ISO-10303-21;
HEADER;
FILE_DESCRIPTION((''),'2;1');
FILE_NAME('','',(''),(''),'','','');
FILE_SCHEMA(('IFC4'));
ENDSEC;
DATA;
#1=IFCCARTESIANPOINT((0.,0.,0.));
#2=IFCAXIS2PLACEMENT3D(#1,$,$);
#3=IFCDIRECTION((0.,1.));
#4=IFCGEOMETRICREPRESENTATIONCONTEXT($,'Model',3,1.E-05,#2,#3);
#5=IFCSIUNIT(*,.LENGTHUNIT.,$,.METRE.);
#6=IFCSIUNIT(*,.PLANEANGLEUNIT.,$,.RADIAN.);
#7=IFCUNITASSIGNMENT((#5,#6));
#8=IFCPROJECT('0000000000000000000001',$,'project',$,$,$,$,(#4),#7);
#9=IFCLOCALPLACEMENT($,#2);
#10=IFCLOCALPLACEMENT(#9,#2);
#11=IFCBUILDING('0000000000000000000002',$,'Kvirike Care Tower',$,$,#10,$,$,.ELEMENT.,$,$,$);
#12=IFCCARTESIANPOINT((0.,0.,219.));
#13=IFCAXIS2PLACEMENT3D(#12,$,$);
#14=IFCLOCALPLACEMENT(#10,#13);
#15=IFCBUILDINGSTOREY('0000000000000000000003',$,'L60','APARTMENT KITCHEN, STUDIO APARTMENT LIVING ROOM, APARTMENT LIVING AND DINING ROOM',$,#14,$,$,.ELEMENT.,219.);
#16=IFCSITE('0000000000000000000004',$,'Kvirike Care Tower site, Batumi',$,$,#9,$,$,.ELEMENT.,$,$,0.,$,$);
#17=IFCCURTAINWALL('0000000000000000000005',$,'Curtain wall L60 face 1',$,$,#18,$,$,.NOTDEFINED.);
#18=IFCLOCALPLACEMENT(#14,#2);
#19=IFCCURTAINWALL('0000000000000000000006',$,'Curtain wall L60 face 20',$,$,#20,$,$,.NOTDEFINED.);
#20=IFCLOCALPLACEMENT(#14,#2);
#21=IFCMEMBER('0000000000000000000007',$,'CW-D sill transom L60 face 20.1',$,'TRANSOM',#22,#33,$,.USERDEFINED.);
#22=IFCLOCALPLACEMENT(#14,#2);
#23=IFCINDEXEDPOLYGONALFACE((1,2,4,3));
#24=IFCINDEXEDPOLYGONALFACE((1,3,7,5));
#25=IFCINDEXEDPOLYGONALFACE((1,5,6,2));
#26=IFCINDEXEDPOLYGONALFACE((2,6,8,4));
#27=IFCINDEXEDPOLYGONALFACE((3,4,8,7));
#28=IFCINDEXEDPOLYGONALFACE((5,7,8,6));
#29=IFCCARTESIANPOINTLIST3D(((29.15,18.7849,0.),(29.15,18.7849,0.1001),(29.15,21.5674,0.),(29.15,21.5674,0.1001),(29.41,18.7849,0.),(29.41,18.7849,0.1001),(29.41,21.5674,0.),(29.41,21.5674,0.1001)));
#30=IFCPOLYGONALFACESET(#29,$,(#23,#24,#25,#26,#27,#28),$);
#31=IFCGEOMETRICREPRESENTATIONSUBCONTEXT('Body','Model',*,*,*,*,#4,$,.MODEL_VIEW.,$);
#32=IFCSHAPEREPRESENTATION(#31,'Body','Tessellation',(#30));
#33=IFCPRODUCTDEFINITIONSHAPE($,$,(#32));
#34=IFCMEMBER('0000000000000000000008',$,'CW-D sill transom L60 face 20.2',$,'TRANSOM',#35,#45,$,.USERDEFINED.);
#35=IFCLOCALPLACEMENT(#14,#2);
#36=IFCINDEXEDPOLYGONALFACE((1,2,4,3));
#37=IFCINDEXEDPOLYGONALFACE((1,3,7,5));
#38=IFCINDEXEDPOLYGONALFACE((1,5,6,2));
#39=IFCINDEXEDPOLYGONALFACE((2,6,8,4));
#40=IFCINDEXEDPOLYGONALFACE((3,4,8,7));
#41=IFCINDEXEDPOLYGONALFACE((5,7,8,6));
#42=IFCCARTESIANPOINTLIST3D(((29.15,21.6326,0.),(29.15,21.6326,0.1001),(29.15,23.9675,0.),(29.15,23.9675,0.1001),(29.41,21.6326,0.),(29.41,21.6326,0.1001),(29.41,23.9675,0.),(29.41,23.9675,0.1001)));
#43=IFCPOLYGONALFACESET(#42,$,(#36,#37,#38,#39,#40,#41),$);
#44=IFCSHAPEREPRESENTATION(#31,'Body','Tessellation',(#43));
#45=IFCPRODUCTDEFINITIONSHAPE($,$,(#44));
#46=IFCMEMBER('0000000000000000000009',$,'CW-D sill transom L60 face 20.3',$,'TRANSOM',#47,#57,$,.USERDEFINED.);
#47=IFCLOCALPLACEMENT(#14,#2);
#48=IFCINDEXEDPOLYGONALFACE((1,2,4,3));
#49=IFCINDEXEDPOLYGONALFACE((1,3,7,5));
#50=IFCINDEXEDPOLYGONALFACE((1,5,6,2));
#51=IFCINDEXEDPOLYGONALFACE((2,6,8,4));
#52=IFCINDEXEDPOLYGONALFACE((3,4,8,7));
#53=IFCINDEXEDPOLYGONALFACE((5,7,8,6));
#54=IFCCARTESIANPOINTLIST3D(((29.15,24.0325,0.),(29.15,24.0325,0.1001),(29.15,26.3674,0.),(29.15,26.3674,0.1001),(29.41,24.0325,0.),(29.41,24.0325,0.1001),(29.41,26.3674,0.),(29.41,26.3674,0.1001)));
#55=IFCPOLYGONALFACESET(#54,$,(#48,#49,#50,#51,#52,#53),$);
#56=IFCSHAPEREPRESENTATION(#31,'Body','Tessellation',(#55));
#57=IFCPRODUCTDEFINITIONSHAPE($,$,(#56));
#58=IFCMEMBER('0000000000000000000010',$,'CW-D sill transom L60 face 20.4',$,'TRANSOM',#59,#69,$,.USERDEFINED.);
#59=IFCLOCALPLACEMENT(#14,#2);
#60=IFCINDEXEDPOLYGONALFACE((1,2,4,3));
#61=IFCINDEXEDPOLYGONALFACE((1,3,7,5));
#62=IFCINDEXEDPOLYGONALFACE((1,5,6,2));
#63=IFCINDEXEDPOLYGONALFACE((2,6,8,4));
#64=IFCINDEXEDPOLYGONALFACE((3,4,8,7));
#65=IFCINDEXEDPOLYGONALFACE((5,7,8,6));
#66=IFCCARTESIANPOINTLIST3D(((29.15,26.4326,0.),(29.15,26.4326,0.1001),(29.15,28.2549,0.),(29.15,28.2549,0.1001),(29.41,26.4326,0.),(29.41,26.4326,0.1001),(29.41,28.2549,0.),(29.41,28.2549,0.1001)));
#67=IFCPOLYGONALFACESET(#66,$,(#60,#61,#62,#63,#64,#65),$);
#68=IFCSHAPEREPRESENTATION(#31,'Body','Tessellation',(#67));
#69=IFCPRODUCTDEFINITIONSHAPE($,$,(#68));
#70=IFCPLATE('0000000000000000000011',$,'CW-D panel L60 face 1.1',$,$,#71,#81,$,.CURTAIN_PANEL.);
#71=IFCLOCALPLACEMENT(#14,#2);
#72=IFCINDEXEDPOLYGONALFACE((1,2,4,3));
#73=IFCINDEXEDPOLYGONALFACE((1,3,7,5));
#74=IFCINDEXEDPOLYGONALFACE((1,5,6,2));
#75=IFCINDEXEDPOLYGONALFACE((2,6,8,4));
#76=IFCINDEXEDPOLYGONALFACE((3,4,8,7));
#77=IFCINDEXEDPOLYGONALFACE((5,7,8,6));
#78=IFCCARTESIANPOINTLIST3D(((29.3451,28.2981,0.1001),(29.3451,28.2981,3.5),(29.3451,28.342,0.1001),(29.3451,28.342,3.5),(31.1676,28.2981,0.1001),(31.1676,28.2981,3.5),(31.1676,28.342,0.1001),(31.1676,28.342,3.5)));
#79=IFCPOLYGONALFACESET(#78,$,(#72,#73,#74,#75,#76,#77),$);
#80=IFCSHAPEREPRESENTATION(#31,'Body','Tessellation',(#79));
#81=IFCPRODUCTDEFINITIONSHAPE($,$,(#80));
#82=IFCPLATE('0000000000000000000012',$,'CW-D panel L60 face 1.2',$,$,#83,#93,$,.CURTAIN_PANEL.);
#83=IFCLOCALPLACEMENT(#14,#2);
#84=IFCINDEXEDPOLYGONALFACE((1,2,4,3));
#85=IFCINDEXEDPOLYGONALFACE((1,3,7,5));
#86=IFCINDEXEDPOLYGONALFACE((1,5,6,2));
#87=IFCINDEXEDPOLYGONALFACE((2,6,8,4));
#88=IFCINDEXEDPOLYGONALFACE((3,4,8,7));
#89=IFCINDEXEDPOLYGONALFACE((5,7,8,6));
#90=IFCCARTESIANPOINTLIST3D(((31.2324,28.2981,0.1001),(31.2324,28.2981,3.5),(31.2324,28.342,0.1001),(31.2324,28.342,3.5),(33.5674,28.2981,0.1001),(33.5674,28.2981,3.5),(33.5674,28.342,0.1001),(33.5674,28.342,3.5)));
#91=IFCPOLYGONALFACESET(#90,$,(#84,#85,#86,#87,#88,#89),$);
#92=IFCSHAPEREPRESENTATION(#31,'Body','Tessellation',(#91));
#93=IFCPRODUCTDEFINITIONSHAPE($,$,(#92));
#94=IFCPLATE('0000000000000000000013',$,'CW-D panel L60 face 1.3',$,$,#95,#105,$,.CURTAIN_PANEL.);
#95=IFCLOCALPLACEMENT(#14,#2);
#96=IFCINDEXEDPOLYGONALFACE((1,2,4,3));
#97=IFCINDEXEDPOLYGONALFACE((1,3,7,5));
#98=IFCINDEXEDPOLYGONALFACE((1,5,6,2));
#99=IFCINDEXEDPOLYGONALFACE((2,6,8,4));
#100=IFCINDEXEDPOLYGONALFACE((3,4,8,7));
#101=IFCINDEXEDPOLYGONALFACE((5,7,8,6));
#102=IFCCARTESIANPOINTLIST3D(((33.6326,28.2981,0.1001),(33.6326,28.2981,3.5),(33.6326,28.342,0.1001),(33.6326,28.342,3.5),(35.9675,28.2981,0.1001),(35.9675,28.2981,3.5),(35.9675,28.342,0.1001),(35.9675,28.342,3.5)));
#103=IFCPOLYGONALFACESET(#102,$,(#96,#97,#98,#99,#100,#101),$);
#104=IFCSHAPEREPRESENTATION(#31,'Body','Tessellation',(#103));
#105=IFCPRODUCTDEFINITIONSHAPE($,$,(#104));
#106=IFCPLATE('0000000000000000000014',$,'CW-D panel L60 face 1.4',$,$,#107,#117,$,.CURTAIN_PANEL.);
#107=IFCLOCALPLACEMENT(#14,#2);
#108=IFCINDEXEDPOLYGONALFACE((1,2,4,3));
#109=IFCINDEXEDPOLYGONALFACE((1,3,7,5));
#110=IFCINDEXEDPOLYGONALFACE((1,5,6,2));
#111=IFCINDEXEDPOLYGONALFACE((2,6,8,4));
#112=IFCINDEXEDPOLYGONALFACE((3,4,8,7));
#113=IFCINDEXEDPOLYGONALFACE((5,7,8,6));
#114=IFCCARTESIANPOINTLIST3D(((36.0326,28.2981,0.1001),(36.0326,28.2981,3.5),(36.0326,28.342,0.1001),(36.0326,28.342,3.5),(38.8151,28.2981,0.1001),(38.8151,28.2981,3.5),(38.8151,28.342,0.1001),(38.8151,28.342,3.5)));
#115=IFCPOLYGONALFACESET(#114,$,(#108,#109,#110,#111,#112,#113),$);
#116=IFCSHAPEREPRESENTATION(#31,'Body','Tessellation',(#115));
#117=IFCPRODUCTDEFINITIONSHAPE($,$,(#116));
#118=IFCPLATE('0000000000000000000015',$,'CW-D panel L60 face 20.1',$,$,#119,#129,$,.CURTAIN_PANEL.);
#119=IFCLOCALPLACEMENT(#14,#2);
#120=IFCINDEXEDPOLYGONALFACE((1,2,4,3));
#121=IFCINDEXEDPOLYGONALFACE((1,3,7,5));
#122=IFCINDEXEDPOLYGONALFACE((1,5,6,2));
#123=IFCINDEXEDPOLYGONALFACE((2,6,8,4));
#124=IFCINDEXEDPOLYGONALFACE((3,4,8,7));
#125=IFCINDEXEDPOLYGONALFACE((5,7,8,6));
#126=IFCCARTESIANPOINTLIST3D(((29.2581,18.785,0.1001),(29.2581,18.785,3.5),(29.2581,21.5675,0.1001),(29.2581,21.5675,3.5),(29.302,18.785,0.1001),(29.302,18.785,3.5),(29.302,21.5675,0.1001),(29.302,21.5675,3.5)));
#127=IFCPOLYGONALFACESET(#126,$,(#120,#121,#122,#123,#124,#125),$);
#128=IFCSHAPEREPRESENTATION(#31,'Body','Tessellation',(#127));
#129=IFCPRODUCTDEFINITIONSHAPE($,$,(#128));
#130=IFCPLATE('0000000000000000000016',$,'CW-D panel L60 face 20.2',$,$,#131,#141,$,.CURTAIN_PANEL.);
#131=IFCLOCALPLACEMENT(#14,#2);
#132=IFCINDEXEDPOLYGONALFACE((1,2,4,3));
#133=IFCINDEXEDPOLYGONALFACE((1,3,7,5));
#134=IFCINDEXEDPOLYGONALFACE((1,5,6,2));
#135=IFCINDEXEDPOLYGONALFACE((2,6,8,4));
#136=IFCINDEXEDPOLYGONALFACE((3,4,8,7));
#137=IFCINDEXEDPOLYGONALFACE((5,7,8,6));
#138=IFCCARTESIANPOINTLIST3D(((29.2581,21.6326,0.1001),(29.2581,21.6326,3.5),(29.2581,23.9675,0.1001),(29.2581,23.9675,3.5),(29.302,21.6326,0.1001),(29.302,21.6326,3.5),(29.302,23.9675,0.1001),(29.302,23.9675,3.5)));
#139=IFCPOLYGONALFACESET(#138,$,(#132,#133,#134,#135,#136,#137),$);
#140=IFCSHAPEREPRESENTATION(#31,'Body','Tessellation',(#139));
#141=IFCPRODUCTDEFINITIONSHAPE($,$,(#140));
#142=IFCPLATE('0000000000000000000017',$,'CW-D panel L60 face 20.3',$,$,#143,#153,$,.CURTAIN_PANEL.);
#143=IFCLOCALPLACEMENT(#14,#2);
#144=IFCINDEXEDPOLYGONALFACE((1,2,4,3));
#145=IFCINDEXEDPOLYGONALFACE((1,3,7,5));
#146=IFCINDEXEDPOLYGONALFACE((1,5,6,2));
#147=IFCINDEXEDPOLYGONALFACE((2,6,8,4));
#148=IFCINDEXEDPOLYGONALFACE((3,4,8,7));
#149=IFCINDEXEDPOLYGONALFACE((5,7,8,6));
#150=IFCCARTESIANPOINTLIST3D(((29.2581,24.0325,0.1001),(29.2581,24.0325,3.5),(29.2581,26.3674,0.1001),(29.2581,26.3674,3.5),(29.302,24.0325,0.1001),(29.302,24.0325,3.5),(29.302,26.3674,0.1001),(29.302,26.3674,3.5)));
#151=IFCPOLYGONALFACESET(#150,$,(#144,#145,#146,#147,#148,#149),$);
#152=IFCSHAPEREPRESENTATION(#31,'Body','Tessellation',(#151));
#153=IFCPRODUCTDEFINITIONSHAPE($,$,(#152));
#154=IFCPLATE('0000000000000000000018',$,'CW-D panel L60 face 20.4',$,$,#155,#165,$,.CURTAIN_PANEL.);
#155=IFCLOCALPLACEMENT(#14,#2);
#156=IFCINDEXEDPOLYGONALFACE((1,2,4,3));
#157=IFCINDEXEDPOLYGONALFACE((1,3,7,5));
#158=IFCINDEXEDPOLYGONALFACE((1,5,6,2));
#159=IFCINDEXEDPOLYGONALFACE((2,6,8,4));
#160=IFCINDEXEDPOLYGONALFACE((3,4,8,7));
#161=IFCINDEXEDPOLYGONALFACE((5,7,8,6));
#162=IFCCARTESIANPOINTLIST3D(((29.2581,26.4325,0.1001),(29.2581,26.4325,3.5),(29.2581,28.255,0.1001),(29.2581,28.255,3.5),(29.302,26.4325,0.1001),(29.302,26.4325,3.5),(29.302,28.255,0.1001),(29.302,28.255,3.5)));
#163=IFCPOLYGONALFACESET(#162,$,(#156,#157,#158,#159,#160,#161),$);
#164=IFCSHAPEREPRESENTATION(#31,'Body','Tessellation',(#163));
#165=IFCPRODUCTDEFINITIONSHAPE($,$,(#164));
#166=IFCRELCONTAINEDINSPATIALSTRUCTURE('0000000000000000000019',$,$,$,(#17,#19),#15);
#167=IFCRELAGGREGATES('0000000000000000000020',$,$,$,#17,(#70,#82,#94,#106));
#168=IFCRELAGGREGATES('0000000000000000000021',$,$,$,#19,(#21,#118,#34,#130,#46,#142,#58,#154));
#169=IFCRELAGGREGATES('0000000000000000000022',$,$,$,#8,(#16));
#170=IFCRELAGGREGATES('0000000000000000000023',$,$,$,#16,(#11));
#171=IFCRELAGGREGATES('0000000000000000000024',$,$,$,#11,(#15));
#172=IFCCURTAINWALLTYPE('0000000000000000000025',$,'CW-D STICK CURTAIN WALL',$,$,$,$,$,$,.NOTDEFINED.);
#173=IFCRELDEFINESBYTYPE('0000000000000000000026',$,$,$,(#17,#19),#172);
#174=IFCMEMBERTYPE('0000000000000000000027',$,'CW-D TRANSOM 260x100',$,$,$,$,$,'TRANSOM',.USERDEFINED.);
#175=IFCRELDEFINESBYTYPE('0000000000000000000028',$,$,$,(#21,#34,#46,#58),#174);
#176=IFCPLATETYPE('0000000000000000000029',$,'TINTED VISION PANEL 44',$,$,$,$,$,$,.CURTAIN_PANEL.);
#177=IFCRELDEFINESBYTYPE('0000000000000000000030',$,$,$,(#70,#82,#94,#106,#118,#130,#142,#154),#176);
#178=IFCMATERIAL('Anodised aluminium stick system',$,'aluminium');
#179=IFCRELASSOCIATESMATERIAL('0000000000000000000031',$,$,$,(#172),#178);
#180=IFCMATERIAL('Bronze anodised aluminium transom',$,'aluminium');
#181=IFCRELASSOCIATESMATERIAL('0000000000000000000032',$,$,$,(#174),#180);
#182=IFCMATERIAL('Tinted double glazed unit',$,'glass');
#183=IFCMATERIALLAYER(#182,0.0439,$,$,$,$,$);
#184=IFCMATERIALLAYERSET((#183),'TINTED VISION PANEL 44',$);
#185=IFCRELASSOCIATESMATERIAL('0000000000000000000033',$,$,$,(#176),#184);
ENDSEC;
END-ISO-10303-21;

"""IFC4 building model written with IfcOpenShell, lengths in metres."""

from ifc_helpers import new_model, si_unit, direction, frame, origin, origin_2d, place, context, subcontext, project, spatial, rectangle, extrude, material, layer, layer_set, material_profile, profile_set, type_object, element, aggregate, save


model = new_model("IFC4")

# Units and contexts
model_context = context("Model", 3, precision=1e-05, world=origin(), true_north=direction((0.0, 1.0)))
body_context = subcontext(model_context, "Body", "Model", "MODEL_VIEW")
ifc_project = project(units=[si_unit("LENGTHUNIT", "METRE"), si_unit("PLANEANGLEUNIT", "RADIAN")], contexts=[model_context])

# Site, building, storey
site_placement = place(None, origin())
site = spatial("IfcSite", under=ifc_project, at=site_placement, Name="Kvirike Care Tower site, Batumi", CompositionType="ELEMENT", RefElevation=0.0)
building_placement = place(site_placement, origin())
building = spatial("IfcBuilding", under=site, at=building_placement, Name="Kvirike Care Tower", CompositionType="ELEMENT")
storey_placement = place(building_placement, frame((0.0, 0.0, 219.0)))
storey = spatial("IfcBuildingStorey", under=building, at=storey_placement, Name="L60", Description="APARTMENT KITCHEN, STUDIO APARTMENT LIVING ROOM, APARTMENT LIVING AND DINING ROOM", CompositionType="ELEMENT", Elevation=219.0)

# Curtain walls
ifc_material_1 = material(Name="Anodised aluminium stick system", Category="aluminium")
curtain_wall_type = type_object("IfcCurtainWallType", Name="CW-D STICK CURTAIN WALL", PredefinedType="NOTDEFINED", material=ifc_material_1)
curtain_wall_1_placement = place(storey_placement, origin())
curtain_wall_1 = element("IfcCurtainWall", 1, at=curtain_wall_1_placement, inside=storey, type_object=curtain_wall_type, Name="Curtain wall L60 face 1", PredefinedType="NOTDEFINED")
curtain_wall_2_placement = place(storey_placement, origin())
curtain_wall_2 = element("IfcCurtainWall", 2, at=curtain_wall_2_placement, inside=storey, type_object=curtain_wall_type, Name="Curtain wall L60 face 20", PredefinedType="NOTDEFINED")

# Members
ifc_material_2 = material(Name="Bronze anodised aluminium transom", Category="aluminium")
ifc_material_profile_1 = material_profile(ifc_material_2, rectangle(XDim=0.26, YDim=0.1001, at=origin_2d()), Name="CW-D TRANSOM 260x100")
ifc_profile_set_1 = profile_set([ifc_material_profile_1], Name="Bronze anodised aluminium transom")
member_type_1 = type_object("IfcMemberType", Name="CW-D TRANSOM 260x100", ElementType="TRANSOM", PredefinedType="USERDEFINED", material=ifc_profile_set_1)
member_1_placement = place(storey_placement, frame((29.28, 18.7849, 0.05), z_axis=(0.0, 1.0, 0.0), x_axis=(-1.0, 0.0, 0.0)))
member_1 = element("IfcMember", 3, at=member_1_placement, type_object=member_type_1, Name="CW-D sill transom L60 face 20.1", ObjectType="TRANSOM", PredefinedType="USERDEFINED", context=body_context, shape_type="SweptSolid", body=[
    extrude(rectangle(XDim=0.26, YDim=0.1001, at=origin_2d()), origin(), (0.0, 0.0, 1.0), 2.7825),
])
member_2_placement = place(storey_placement, frame((29.28, 21.6326, 0.05), z_axis=(0.0, 1.0, 0.0), x_axis=(-1.0, 0.0, 0.0)))
member_2 = element("IfcMember", 4, at=member_2_placement, type_object=member_type_1, Name="CW-D sill transom L60 face 20.2", ObjectType="TRANSOM", PredefinedType="USERDEFINED", context=body_context, shape_type="SweptSolid", body=[
    extrude(rectangle(XDim=0.26, YDim=0.1001, at=origin_2d()), origin(), (0.0, 0.0, 1.0), 2.335),
])
member_3_placement = place(storey_placement, frame((29.28, 24.0325, 0.05), z_axis=(0.0, 1.0, 0.0), x_axis=(-1.0, 0.0, 0.0)))
member_3 = element("IfcMember", 5, at=member_3_placement, type_object=member_type_1, Name="CW-D sill transom L60 face 20.3", ObjectType="TRANSOM", PredefinedType="USERDEFINED", context=body_context, shape_type="SweptSolid", body=[
    extrude(rectangle(XDim=0.26, YDim=0.1001, at=origin_2d()), origin(), (0.0, 0.0, 1.0), 2.335),
])
member_4_placement = place(storey_placement, frame((29.28, 26.4326, 0.05), z_axis=(0.0, 1.0, 0.0), x_axis=(-1.0, 0.0, 0.0)))
member_4 = element("IfcMember", 6, at=member_4_placement, type_object=member_type_1, Name="CW-D sill transom L60 face 20.4", ObjectType="TRANSOM", PredefinedType="USERDEFINED", context=body_context, shape_type="SweptSolid", body=[
    extrude(rectangle(XDim=0.26, YDim=0.1001, at=origin_2d()), origin(), (0.0, 0.0, 1.0), 1.8223),
])

# Plates
ifc_material_3 = material(Name="Tinted double glazed unit", Category="glass")
ifc_layer = layer(ifc_material_3, 0.0439)
ifc_layer_set = layer_set([ifc_layer], Name="TINTED VISION PANEL 44")
plate_type = type_object("IfcPlateType", Name="TINTED VISION PANEL 44", PredefinedType="CURTAIN_PANEL", material=ifc_layer_set)
plate_1_placement = place(storey_placement, frame((30.2563, 28.3201, 0.1001), z_axis=(0.0, 0.0, 1.0), x_axis=(1.0, 0.0, 0.0)))
plate_1 = element("IfcPlate", 7, at=plate_1_placement, type_object=plate_type, Name="CW-D panel L60 face 1.1", PredefinedType="CURTAIN_PANEL", context=body_context, shape_type="SweptSolid", body=[
    extrude(rectangle(XDim=1.8225, YDim=0.0439, at=origin_2d()), origin(), (0.0, 0.0, 1.0), 3.3999),
])
plate_2_placement = place(storey_placement, frame((32.3999, 28.3201, 0.1001), z_axis=(0.0, 0.0, 1.0), x_axis=(1.0, 0.0, 0.0)))
plate_2 = element("IfcPlate", 8, at=plate_2_placement, type_object=plate_type, Name="CW-D panel L60 face 1.2", PredefinedType="CURTAIN_PANEL", context=body_context, shape_type="SweptSolid", body=[
    extrude(rectangle(XDim=2.335, YDim=0.0439, at=origin_2d()), origin(), (0.0, 0.0, 1.0), 3.3999),
])
plate_3_placement = place(storey_placement, frame((34.8, 28.3201, 0.1001), z_axis=(0.0, 0.0, 1.0), x_axis=(1.0, 0.0, 0.0)))
plate_3 = element("IfcPlate", 9, at=plate_3_placement, type_object=plate_type, Name="CW-D panel L60 face 1.3", PredefinedType="CURTAIN_PANEL", context=body_context, shape_type="SweptSolid", body=[
    extrude(rectangle(XDim=2.335, YDim=0.0439, at=origin_2d()), origin(), (0.0, 0.0, 1.0), 3.3999),
])
plate_4_placement = place(storey_placement, frame((37.4238, 28.3201, 0.1001), z_axis=(0.0, 0.0, 1.0), x_axis=(1.0, 0.0, 0.0)))
plate_4 = element("IfcPlate", 10, at=plate_4_placement, type_object=plate_type, Name="CW-D panel L60 face 1.4", PredefinedType="CURTAIN_PANEL", context=body_context, shape_type="SweptSolid", body=[
    extrude(rectangle(XDim=2.7825, YDim=0.0439, at=origin_2d()), origin(), (0.0, 0.0, 1.0), 3.3999),
])
aggregate(curtain_wall_1, [plate_1, plate_2, plate_3, plate_4])
plate_5_placement = place(storey_placement, frame((29.28, 20.1763, 0.1001), z_axis=(0.0, 0.0, 1.0), x_axis=(0.0, 1.0, 0.0)))
plate_5 = element("IfcPlate", 11, at=plate_5_placement, type_object=plate_type, Name="CW-D panel L60 face 20.1", PredefinedType="CURTAIN_PANEL", context=body_context, shape_type="SweptSolid", body=[
    extrude(rectangle(XDim=2.7825, YDim=0.0439, at=origin_2d()), origin(), (0.0, 0.0, 1.0), 3.3999),
])
plate_6_placement = place(storey_placement, frame((29.28, 22.8, 0.1001), z_axis=(0.0, 0.0, 1.0), x_axis=(0.0, 1.0, 0.0)))
plate_6 = element("IfcPlate", 12, at=plate_6_placement, type_object=plate_type, Name="CW-D panel L60 face 20.2", PredefinedType="CURTAIN_PANEL", context=body_context, shape_type="SweptSolid", body=[
    extrude(rectangle(XDim=2.335, YDim=0.0439, at=origin_2d()), origin(), (0.0, 0.0, 1.0), 3.3999),
])
plate_7_placement = place(storey_placement, frame((29.28, 25.2, 0.1001), z_axis=(0.0, 0.0, 1.0), x_axis=(0.0, 1.0, 0.0)))
plate_7 = element("IfcPlate", 13, at=plate_7_placement, type_object=plate_type, Name="CW-D panel L60 face 20.3", PredefinedType="CURTAIN_PANEL", context=body_context, shape_type="SweptSolid", body=[
    extrude(rectangle(XDim=2.335, YDim=0.0439, at=origin_2d()), origin(), (0.0, 0.0, 1.0), 3.3999),
])
plate_8_placement = place(storey_placement, frame((29.28, 27.3438, 0.1001), z_axis=(0.0, 0.0, 1.0), x_axis=(0.0, 1.0, 0.0)))
plate_8 = element("IfcPlate", 14, at=plate_8_placement, type_object=plate_type, Name="CW-D panel L60 face 20.4", PredefinedType="CURTAIN_PANEL", context=body_context, shape_type="SweptSolid", body=[
    extrude(rectangle(XDim=1.8225, YDim=0.0439, at=origin_2d()), origin(), (0.0, 0.0, 1.0), 3.3999),
])
aggregate(curtain_wall_2, [member_1, plate_5, member_2, plate_6, member_3, plate_7, member_4, plate_8])

save(model, "model.ifc")
